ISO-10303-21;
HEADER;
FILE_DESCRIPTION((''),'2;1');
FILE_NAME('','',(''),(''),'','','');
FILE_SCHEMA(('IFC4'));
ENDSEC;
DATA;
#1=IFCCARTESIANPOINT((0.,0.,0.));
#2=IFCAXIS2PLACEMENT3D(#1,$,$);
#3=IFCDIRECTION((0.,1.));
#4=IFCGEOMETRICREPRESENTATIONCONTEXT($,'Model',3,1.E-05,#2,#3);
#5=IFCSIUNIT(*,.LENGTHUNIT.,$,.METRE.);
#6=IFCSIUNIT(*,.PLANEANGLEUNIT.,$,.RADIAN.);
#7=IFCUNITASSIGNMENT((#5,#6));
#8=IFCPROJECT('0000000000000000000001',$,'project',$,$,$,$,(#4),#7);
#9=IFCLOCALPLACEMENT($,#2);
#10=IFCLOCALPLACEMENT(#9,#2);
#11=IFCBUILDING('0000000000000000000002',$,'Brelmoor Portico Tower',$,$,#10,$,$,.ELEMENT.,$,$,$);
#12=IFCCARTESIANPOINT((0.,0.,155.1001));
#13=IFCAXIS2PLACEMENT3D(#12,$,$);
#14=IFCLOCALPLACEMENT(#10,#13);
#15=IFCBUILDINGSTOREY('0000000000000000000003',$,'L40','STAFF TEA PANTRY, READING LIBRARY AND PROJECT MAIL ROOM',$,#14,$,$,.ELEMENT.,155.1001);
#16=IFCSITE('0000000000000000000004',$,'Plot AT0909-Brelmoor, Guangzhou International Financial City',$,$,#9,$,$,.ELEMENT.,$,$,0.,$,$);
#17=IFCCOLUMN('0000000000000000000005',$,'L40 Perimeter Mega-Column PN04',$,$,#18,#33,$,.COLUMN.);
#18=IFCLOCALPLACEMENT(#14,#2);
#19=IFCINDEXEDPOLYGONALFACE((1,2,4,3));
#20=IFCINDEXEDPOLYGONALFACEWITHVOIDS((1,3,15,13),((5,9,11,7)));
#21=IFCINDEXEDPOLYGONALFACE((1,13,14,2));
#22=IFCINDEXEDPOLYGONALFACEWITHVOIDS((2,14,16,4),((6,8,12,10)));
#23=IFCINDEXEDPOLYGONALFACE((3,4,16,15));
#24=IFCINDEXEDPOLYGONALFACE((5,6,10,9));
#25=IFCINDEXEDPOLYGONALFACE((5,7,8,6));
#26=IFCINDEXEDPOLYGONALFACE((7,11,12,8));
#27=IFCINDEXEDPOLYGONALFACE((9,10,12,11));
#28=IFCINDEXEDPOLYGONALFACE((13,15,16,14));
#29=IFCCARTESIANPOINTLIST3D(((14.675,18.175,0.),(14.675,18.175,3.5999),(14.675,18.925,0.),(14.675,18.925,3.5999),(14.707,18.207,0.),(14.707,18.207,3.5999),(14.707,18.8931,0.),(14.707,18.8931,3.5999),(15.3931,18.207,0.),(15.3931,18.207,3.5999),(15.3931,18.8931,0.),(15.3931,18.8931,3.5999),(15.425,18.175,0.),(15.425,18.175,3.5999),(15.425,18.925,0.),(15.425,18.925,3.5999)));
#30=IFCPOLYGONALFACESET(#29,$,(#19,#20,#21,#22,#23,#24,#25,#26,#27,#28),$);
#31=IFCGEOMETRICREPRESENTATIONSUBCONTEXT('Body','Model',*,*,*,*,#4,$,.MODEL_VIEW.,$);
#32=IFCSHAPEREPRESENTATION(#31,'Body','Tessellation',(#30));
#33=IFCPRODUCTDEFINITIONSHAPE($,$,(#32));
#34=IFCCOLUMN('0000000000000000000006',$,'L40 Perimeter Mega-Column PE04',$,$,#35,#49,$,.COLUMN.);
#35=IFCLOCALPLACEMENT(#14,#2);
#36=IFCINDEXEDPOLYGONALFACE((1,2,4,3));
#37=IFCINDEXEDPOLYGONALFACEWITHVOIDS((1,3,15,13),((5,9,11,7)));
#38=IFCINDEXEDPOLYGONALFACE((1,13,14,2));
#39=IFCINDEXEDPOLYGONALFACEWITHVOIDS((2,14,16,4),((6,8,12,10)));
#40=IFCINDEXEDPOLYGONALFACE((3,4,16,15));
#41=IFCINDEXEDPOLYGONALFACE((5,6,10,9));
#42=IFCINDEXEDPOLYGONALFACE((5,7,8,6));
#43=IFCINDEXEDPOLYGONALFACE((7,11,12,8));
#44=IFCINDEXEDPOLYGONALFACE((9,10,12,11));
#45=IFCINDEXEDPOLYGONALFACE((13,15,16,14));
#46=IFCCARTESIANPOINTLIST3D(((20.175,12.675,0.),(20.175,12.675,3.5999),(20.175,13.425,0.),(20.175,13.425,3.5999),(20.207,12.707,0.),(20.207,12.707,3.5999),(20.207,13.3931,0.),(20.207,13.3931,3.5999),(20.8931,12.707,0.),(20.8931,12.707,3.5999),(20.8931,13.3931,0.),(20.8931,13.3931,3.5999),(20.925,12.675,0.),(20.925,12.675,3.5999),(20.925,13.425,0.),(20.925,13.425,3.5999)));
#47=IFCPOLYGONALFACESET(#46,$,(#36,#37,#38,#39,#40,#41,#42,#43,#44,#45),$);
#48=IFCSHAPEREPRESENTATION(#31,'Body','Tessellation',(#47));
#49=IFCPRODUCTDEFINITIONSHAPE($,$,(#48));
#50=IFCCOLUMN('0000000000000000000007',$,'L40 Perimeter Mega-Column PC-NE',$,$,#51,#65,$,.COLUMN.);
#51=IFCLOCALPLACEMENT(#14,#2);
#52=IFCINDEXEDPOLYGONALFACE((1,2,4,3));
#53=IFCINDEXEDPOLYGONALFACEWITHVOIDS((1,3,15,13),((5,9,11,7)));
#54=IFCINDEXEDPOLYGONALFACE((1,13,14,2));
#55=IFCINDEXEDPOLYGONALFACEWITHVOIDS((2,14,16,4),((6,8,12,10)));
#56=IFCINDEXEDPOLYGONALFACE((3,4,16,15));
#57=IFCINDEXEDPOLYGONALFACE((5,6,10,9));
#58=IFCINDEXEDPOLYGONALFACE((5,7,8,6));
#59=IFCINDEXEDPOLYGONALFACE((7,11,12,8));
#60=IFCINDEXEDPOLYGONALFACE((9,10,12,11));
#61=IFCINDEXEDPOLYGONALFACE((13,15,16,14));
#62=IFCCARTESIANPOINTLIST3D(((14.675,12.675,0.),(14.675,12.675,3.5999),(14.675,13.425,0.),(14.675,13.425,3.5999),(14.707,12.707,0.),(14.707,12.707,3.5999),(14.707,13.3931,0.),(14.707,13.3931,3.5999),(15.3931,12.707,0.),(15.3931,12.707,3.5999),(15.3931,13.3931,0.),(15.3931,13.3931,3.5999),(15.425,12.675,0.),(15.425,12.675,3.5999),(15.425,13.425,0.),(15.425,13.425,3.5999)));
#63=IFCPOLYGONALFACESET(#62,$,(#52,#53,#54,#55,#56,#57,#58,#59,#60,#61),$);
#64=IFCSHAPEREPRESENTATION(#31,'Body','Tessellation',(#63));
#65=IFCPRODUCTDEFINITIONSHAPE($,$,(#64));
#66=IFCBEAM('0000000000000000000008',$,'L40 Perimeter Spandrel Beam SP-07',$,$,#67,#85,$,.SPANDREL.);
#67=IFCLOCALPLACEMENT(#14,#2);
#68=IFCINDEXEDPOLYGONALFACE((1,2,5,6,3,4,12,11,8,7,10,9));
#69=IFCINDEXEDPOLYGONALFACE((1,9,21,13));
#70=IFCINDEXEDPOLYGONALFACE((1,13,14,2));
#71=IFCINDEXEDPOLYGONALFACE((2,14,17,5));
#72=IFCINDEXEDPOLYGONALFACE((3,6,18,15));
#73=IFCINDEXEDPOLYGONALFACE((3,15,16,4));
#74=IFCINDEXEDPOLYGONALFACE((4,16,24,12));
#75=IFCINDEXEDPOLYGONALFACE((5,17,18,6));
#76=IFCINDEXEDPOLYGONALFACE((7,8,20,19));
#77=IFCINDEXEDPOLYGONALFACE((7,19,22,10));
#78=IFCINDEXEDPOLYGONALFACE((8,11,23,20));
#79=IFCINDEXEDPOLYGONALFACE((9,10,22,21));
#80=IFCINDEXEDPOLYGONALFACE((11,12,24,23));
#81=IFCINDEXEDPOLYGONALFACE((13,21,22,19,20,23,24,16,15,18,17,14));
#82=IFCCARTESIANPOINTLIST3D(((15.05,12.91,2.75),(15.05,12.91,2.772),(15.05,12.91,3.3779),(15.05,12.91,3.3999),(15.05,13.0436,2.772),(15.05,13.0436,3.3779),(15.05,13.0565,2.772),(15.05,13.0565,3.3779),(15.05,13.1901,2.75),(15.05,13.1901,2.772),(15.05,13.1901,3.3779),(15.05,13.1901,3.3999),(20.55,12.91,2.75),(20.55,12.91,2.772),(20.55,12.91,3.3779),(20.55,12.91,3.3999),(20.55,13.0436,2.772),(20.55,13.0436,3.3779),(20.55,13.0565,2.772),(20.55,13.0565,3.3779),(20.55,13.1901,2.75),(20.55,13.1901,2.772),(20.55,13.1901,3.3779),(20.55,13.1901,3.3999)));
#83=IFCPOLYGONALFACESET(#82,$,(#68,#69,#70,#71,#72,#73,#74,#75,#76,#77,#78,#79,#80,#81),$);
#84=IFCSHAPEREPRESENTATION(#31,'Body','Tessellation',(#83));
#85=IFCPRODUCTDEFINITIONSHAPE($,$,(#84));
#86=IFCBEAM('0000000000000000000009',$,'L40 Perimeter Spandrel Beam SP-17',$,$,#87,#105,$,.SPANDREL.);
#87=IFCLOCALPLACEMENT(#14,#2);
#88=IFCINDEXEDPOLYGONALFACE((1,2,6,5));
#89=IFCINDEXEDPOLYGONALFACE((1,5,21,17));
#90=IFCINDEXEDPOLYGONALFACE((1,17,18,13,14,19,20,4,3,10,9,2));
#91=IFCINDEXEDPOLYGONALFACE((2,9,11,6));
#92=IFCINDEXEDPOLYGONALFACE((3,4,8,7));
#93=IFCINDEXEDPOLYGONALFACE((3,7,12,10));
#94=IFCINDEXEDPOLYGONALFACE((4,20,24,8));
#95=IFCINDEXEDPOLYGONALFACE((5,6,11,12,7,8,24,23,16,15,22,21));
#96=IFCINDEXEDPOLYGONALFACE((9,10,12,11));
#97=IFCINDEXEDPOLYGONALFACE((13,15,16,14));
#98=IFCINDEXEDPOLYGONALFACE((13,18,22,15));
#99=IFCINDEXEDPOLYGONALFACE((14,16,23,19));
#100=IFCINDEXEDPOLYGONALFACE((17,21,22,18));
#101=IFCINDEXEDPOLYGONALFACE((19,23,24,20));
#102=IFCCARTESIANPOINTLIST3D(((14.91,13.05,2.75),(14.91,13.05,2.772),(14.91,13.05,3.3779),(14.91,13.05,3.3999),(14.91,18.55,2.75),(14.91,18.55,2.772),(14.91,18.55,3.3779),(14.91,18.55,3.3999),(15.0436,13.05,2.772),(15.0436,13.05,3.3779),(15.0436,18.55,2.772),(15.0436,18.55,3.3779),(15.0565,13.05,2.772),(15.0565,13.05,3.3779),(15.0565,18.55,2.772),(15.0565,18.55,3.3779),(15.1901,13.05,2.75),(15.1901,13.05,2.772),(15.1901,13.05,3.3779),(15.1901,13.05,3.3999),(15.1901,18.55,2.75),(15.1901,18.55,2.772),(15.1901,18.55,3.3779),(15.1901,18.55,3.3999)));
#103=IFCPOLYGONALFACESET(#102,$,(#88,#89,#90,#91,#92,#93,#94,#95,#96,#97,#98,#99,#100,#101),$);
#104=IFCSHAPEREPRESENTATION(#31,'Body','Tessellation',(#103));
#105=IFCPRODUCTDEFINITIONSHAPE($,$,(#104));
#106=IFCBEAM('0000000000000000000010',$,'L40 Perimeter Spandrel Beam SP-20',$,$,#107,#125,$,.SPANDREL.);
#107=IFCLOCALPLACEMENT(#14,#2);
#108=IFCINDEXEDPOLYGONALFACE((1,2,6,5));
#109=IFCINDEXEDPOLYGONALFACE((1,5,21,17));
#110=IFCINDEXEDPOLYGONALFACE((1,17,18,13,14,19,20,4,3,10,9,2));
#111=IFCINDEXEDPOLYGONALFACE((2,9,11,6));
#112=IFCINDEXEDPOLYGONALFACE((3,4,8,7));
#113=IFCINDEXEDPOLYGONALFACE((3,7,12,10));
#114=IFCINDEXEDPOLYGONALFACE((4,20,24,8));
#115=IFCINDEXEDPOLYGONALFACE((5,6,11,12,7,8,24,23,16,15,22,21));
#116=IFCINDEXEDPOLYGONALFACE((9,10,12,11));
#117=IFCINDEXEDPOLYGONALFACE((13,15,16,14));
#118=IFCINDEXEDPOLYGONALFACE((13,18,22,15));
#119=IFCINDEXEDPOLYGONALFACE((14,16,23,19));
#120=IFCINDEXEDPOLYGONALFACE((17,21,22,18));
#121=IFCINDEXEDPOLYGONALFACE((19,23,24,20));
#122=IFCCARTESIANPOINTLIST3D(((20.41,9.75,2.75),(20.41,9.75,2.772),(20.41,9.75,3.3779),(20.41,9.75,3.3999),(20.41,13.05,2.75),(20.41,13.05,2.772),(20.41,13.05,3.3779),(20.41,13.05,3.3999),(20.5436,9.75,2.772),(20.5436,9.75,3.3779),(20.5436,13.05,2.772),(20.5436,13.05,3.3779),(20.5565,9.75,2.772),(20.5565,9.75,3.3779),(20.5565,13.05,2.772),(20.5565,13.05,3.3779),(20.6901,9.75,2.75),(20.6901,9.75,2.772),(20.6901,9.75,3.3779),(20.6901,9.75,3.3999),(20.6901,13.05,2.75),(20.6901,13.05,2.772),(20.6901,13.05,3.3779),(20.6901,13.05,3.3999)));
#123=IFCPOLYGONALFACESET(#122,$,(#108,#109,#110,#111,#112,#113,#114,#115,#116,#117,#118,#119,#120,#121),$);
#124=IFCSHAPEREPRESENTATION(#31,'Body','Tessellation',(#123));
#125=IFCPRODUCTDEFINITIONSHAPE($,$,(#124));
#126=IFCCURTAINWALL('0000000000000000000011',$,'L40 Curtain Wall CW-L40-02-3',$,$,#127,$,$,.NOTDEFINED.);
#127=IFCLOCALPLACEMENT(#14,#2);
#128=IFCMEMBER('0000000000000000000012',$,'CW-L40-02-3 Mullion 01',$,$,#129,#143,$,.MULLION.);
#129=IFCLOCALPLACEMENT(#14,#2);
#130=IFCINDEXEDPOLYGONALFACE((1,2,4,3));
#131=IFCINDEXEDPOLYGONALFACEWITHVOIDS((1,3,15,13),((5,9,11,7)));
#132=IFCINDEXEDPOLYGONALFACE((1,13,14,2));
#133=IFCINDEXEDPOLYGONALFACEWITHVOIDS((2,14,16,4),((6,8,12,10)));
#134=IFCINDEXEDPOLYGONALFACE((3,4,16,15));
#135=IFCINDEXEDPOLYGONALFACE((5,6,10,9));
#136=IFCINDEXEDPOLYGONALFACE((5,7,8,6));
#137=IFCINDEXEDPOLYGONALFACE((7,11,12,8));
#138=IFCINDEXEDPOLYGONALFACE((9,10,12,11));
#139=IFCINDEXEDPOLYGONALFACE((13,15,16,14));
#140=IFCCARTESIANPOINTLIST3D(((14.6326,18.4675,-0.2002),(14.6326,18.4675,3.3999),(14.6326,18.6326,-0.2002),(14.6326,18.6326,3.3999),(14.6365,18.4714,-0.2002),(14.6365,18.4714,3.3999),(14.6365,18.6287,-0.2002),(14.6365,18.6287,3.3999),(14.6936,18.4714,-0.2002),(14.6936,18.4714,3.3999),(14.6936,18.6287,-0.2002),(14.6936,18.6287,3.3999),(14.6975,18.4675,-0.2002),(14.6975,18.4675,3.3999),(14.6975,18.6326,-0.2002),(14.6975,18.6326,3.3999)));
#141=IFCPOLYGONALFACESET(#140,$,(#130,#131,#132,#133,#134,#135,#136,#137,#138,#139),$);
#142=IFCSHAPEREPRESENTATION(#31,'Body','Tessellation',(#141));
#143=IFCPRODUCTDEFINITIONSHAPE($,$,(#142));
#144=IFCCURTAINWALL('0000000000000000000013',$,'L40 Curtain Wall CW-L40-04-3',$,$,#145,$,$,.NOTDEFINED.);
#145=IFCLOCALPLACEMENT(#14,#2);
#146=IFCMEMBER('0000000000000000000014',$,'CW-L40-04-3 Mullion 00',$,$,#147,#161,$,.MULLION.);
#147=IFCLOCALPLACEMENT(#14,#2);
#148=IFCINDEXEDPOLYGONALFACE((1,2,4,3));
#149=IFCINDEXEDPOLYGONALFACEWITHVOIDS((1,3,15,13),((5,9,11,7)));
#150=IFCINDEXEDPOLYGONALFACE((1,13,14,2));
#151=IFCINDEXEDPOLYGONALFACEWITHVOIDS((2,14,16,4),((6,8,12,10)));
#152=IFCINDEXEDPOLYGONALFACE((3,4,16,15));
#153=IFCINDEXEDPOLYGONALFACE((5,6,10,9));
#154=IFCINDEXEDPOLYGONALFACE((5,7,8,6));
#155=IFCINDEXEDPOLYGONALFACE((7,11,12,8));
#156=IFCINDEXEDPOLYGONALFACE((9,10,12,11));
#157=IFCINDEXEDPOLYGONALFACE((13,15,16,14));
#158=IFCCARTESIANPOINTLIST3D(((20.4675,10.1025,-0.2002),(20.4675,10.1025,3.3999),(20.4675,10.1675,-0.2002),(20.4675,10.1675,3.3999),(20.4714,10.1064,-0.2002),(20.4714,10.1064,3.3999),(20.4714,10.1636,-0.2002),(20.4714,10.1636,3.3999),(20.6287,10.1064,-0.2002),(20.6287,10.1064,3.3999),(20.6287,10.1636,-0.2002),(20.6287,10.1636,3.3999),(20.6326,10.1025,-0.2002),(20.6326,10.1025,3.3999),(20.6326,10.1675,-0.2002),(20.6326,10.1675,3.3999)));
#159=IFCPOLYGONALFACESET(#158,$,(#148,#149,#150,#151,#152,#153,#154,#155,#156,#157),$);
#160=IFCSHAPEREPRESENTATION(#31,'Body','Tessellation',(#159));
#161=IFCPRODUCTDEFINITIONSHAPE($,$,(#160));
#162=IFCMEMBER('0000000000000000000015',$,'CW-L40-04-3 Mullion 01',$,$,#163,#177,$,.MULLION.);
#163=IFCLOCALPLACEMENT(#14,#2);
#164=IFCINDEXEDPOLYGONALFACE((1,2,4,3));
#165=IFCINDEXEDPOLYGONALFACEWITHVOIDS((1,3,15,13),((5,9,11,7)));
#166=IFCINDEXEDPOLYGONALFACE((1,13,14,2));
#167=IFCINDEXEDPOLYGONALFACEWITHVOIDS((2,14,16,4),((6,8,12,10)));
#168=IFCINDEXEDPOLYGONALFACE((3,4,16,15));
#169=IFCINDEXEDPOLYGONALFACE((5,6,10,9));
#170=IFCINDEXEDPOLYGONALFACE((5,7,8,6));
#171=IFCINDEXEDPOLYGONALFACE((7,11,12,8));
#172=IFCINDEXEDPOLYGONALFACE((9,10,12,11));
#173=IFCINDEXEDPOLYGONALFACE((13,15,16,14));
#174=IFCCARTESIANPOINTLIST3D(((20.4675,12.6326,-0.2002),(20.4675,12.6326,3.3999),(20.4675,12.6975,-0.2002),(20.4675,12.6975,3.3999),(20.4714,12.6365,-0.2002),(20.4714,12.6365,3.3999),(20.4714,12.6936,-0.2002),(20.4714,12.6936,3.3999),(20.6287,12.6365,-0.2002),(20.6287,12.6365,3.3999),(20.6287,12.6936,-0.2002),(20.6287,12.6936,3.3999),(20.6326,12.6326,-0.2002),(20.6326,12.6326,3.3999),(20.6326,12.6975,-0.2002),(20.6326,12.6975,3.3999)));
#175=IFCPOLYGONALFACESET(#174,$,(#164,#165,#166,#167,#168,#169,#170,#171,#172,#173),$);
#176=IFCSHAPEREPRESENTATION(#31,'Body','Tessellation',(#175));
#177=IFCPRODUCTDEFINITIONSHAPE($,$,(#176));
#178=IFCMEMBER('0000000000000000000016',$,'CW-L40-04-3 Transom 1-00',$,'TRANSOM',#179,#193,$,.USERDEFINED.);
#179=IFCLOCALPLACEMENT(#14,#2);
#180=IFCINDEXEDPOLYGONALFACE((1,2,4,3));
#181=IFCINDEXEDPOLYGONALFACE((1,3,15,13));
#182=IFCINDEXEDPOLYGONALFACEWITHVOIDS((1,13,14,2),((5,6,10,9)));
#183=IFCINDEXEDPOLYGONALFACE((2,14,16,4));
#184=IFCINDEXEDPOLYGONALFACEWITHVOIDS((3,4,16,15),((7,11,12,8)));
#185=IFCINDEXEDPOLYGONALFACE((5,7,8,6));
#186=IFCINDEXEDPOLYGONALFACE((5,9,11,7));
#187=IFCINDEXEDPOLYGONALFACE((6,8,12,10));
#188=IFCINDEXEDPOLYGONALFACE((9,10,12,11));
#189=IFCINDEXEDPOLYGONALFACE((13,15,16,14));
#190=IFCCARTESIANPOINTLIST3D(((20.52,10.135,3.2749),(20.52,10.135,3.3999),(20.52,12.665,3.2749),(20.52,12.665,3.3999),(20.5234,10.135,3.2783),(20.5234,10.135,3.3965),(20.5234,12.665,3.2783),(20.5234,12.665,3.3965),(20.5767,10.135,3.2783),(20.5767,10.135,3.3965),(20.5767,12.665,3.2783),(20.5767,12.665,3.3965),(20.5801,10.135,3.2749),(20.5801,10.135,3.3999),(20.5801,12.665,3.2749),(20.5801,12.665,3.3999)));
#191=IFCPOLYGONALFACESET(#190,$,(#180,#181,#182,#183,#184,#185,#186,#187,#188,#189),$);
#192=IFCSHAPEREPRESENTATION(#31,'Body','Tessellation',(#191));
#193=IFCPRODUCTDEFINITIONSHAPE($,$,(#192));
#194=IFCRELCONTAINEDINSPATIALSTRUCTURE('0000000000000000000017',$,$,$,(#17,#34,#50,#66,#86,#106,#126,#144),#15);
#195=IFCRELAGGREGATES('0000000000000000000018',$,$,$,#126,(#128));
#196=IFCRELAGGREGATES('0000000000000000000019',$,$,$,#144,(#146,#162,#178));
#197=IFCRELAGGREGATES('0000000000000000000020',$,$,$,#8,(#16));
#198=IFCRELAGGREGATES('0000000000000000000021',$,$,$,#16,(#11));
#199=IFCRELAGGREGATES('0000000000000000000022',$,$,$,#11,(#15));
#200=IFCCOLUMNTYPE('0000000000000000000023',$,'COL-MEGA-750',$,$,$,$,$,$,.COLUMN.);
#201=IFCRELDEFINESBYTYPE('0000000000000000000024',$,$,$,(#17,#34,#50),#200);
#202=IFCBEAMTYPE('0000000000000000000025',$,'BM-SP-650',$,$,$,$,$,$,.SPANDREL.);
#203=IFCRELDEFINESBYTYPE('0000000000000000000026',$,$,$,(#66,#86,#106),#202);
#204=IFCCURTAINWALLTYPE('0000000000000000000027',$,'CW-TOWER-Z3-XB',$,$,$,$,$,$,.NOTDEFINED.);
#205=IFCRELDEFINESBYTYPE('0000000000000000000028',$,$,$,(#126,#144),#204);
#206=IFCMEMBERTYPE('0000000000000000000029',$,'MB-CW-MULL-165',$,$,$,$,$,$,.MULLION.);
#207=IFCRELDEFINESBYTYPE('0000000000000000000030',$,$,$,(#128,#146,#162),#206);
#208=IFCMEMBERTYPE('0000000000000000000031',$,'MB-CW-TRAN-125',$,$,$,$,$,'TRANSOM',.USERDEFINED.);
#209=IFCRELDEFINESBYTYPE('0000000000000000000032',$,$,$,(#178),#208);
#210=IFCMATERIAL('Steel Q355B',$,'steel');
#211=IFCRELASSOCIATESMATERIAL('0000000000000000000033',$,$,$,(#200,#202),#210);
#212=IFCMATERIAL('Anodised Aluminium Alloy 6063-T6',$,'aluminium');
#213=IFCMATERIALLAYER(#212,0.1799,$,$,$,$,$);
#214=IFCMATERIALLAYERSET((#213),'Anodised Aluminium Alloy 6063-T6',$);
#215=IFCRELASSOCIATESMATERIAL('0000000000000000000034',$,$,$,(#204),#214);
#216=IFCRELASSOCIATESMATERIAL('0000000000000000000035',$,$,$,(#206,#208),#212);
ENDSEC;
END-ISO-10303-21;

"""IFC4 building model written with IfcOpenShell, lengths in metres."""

from ifc_helpers import new_model, si_unit, direction, frame, origin, origin_2d, place, context, subcontext, project, spatial, hollow_rectangle, i_section, extrude, material, layer, layer_set, material_profile, profile_set, type_object, element, aggregate, save


model = new_model("IFC4")

# Units and contexts
model_context = context("Model", 3, precision=1e-05, world=origin(), true_north=direction((0.0, 1.0)))
body_context = subcontext(model_context, "Body", "Model", "MODEL_VIEW")
ifc_project = project(units=[si_unit("LENGTHUNIT", "METRE"), si_unit("PLANEANGLEUNIT", "RADIAN")], contexts=[model_context])

# Site, building, storey
site_placement = place(None, origin())
site = spatial("IfcSite", under=ifc_project, at=site_placement, Name="Plot AT0909-Brelmoor, Guangzhou International Financial City", CompositionType="ELEMENT", RefElevation=0.0)
building_placement = place(site_placement, origin())
building = spatial("IfcBuilding", under=site, at=building_placement, Name="Brelmoor Portico Tower", CompositionType="ELEMENT")
storey_placement = place(building_placement, frame((0.0, 0.0, 155.1001)))
storey = spatial("IfcBuildingStorey", under=building, at=storey_placement, Name="L40", Description="STAFF TEA PANTRY, READING LIBRARY AND PROJECT MAIL ROOM", CompositionType="ELEMENT", Elevation=155.1001)

# Columns
ifc_material_1 = material(Name="Steel Q355B", Category="steel")
ifc_material_profile_1 = material_profile(ifc_material_1, hollow_rectangle(XDim=0.75, YDim=0.75, WallThickness=0.032, at=origin_2d()), Name="BOX 750x750x32")
ifc_profile_set_1 = profile_set([ifc_material_profile_1], Name="Steel Q355B")
column_type = type_object("IfcColumnType", Name="COL-MEGA-750", PredefinedType="COLUMN", material=ifc_profile_set_1)
for number, where, z_axis, x_axis, name in (
    (1, (15.05, 18.55, 0.0), (0.0, 0.0, 1.0), (1.0, 0.0, 0.0), "L40 Perimeter Mega-Column PN04"),
    (2, (20.55, 13.05, 0.0), (0.0, 0.0, 1.0), (0.0, 1.0, 0.0), "L40 Perimeter Mega-Column PE04"),
    (3, (15.05, 13.05, 0.0), (0.0, 0.0, 1.0), (1.0, 0.0, 0.0), "L40 Perimeter Mega-Column PC-NE"),
):
    element("IfcColumn", number, at=place(storey_placement, frame(where, z_axis=z_axis, x_axis=x_axis)), inside=storey, type_object=column_type, Name=name, PredefinedType="COLUMN", context=body_context, shape_type="SweptSolid", body=[
        extrude(hollow_rectangle(XDim=0.75, YDim=0.75, WallThickness=0.032, at=origin_2d()), origin(), (0.0, 0.0, 1.0), 3.5999),
    ])

# Beams
ifc_material_profile_2 = material_profile(ifc_material_1, i_section(OverallWidth=0.28, OverallDepth=0.6499, WebThickness=0.0129, FlangeThickness=0.022, at=origin_2d()), Name="HN 650x280x13x22")
ifc_profile_set_2 = profile_set([ifc_material_profile_2], Name="Steel Q355B")
beam_type = type_object("IfcBeamType", Name="BM-SP-650", PredefinedType="SPANDREL", material=ifc_profile_set_2)
for number, where, z_axis, x_axis, name in (
    (4, (15.05, 13.05, 3.075), (1.0, 0.0, 0.0), (0.0, 1.0, 0.0), "L40 Perimeter Spandrel Beam SP-07"),
    (5, (15.05, 13.05, 3.075), (0.0, 1.0, 0.0), (-1.0, 0.0, 0.0), "L40 Perimeter Spandrel Beam SP-17"),
):
    element("IfcBeam", number, at=place(storey_placement, frame(where, z_axis=z_axis, x_axis=x_axis)), inside=storey, type_object=beam_type, Name=name, PredefinedType="SPANDREL", context=body_context, shape_type="SweptSolid", body=[
        extrude(i_section(OverallWidth=0.28, OverallDepth=0.6499, WebThickness=0.0129, FlangeThickness=0.022, at=origin_2d()), origin(), (0.0, 0.0, 1.0), 5.5),
    ])
beam_placement = place(storey_placement, frame((20.55, 9.75, 3.075), z_axis=(0.0, 1.0, 0.0), x_axis=(-1.0, 0.0, 0.0)))
element("IfcBeam", 6, at=beam_placement, inside=storey, type_object=beam_type, Name="L40 Perimeter Spandrel Beam SP-20", PredefinedType="SPANDREL", context=body_context, shape_type="SweptSolid", body=[
    extrude(i_section(OverallWidth=0.28, OverallDepth=0.6499, WebThickness=0.0129, FlangeThickness=0.022, at=origin_2d()), origin(), (0.0, 0.0, 1.0), 3.3),
])

# Curtain wall, member
ifc_material_2 = material(Name="Anodised Aluminium Alloy 6063-T6", Category="aluminium")
ifc_layer_1 = layer(ifc_material_2, 0.1799)
ifc_layer_set_1 = layer_set([ifc_layer_1], Name="Anodised Aluminium Alloy 6063-T6")
curtain_wall_type = type_object("IfcCurtainWallType", Name="CW-TOWER-Z3-XB", PredefinedType="NOTDEFINED", material=ifc_layer_set_1)
curtain_wall_1_placement = place(storey_placement, origin())
curtain_wall_1 = element("IfcCurtainWall", 7, at=curtain_wall_1_placement, inside=storey, type_object=curtain_wall_type, Name="L40 Curtain Wall CW-L40-02-3", PredefinedType="NOTDEFINED")
ifc_material_profile_3 = material_profile(ifc_material_2, hollow_rectangle(XDim=0.0649, YDim=0.165, WallThickness=0.0039, at=origin_2d()), Name="ALU MULLION 65x165")
ifc_profile_set_3 = profile_set([ifc_material_profile_3], Name="Anodised Aluminium Alloy 6063-T6")
member_type_1 = type_object("IfcMemberType", Name="MB-CW-MULL-165", PredefinedType="MULLION", material=ifc_profile_set_3)
member_1_placement = place(storey_placement, frame((14.665, 18.55, -0.2002), z_axis=(0.0, 0.0, 1.0), x_axis=(1.0, 0.0, 0.0)))
member_1 = element("IfcMember", 8, at=member_1_placement, type_object=member_type_1, Name="CW-L40-02-3 Mullion 01", PredefinedType="MULLION", context=body_context, shape_type="SweptSolid", body=[
    extrude(hollow_rectangle(XDim=0.0649, YDim=0.165, WallThickness=0.0039, at=origin_2d()), origin(), (0.0, 0.0, 1.0), 3.6001),
])

# Curtain wall, members
curtain_wall_2_placement = place(storey_placement, origin())
curtain_wall_2 = element("IfcCurtainWall", 9, at=curtain_wall_2_placement, inside=storey, type_object=curtain_wall_type, Name="L40 Curtain Wall CW-L40-04-3", PredefinedType="NOTDEFINED")
member_2_placement = place(storey_placement, frame((20.55, 10.135, -0.2002), z_axis=(0.0, 0.0, 1.0), x_axis=(0.0, 1.0, 0.0)))
member_2 = element("IfcMember", 10, at=member_2_placement, type_object=member_type_1, Name="CW-L40-04-3 Mullion 00", PredefinedType="MULLION", context=body_context, shape_type="SweptSolid", body=[
    extrude(hollow_rectangle(XDim=0.0649, YDim=0.165, WallThickness=0.0039, at=origin_2d()), origin(), (0.0, 0.0, 1.0), 3.6001),
])
member_3_placement = place(storey_placement, frame((20.55, 12.665, -0.2002), z_axis=(0.0, 0.0, 1.0), x_axis=(0.0, 1.0, 0.0)))
member_3 = element("IfcMember", 11, at=member_3_placement, type_object=member_type_1, Name="CW-L40-04-3 Mullion 01", PredefinedType="MULLION", context=body_context, shape_type="SweptSolid", body=[
    extrude(hollow_rectangle(XDim=0.0649, YDim=0.165, WallThickness=0.0039, at=origin_2d()), origin(), (0.0, 0.0, 1.0), 3.6001),
])
ifc_material_profile_4 = material_profile(ifc_material_2, hollow_rectangle(XDim=0.0601, YDim=0.125, WallThickness=0.0034, at=origin_2d()), Name="ALU TRANSOM 60x125")
ifc_profile_set_4 = profile_set([ifc_material_profile_4], Name="Anodised Aluminium Alloy 6063-T6")
member_type_2 = type_object("IfcMemberType", Name="MB-CW-TRAN-125", ElementType="TRANSOM", PredefinedType="USERDEFINED", material=ifc_profile_set_4)
member_4_placement = place(storey_placement, frame((20.55, 10.135, 3.3374), z_axis=(0.0, 1.0, 0.0), x_axis=(-1.0, 0.0, 0.0)))
member_4 = element("IfcMember", 12, at=member_4_placement, type_object=member_type_2, Name="CW-L40-04-3 Transom 1-00", ObjectType="TRANSOM", PredefinedType="USERDEFINED", context=body_context, shape_type="SweptSolid", body=[
    extrude(hollow_rectangle(XDim=0.0601, YDim=0.125, WallThickness=0.0034, at=origin_2d()), origin(), (0.0, 0.0, 1.0), 2.53),
])

aggregate(curtain_wall_1, [member_1])
aggregate(curtain_wall_2, [member_2, member_3, member_4])

save(model, "model.ifc")
